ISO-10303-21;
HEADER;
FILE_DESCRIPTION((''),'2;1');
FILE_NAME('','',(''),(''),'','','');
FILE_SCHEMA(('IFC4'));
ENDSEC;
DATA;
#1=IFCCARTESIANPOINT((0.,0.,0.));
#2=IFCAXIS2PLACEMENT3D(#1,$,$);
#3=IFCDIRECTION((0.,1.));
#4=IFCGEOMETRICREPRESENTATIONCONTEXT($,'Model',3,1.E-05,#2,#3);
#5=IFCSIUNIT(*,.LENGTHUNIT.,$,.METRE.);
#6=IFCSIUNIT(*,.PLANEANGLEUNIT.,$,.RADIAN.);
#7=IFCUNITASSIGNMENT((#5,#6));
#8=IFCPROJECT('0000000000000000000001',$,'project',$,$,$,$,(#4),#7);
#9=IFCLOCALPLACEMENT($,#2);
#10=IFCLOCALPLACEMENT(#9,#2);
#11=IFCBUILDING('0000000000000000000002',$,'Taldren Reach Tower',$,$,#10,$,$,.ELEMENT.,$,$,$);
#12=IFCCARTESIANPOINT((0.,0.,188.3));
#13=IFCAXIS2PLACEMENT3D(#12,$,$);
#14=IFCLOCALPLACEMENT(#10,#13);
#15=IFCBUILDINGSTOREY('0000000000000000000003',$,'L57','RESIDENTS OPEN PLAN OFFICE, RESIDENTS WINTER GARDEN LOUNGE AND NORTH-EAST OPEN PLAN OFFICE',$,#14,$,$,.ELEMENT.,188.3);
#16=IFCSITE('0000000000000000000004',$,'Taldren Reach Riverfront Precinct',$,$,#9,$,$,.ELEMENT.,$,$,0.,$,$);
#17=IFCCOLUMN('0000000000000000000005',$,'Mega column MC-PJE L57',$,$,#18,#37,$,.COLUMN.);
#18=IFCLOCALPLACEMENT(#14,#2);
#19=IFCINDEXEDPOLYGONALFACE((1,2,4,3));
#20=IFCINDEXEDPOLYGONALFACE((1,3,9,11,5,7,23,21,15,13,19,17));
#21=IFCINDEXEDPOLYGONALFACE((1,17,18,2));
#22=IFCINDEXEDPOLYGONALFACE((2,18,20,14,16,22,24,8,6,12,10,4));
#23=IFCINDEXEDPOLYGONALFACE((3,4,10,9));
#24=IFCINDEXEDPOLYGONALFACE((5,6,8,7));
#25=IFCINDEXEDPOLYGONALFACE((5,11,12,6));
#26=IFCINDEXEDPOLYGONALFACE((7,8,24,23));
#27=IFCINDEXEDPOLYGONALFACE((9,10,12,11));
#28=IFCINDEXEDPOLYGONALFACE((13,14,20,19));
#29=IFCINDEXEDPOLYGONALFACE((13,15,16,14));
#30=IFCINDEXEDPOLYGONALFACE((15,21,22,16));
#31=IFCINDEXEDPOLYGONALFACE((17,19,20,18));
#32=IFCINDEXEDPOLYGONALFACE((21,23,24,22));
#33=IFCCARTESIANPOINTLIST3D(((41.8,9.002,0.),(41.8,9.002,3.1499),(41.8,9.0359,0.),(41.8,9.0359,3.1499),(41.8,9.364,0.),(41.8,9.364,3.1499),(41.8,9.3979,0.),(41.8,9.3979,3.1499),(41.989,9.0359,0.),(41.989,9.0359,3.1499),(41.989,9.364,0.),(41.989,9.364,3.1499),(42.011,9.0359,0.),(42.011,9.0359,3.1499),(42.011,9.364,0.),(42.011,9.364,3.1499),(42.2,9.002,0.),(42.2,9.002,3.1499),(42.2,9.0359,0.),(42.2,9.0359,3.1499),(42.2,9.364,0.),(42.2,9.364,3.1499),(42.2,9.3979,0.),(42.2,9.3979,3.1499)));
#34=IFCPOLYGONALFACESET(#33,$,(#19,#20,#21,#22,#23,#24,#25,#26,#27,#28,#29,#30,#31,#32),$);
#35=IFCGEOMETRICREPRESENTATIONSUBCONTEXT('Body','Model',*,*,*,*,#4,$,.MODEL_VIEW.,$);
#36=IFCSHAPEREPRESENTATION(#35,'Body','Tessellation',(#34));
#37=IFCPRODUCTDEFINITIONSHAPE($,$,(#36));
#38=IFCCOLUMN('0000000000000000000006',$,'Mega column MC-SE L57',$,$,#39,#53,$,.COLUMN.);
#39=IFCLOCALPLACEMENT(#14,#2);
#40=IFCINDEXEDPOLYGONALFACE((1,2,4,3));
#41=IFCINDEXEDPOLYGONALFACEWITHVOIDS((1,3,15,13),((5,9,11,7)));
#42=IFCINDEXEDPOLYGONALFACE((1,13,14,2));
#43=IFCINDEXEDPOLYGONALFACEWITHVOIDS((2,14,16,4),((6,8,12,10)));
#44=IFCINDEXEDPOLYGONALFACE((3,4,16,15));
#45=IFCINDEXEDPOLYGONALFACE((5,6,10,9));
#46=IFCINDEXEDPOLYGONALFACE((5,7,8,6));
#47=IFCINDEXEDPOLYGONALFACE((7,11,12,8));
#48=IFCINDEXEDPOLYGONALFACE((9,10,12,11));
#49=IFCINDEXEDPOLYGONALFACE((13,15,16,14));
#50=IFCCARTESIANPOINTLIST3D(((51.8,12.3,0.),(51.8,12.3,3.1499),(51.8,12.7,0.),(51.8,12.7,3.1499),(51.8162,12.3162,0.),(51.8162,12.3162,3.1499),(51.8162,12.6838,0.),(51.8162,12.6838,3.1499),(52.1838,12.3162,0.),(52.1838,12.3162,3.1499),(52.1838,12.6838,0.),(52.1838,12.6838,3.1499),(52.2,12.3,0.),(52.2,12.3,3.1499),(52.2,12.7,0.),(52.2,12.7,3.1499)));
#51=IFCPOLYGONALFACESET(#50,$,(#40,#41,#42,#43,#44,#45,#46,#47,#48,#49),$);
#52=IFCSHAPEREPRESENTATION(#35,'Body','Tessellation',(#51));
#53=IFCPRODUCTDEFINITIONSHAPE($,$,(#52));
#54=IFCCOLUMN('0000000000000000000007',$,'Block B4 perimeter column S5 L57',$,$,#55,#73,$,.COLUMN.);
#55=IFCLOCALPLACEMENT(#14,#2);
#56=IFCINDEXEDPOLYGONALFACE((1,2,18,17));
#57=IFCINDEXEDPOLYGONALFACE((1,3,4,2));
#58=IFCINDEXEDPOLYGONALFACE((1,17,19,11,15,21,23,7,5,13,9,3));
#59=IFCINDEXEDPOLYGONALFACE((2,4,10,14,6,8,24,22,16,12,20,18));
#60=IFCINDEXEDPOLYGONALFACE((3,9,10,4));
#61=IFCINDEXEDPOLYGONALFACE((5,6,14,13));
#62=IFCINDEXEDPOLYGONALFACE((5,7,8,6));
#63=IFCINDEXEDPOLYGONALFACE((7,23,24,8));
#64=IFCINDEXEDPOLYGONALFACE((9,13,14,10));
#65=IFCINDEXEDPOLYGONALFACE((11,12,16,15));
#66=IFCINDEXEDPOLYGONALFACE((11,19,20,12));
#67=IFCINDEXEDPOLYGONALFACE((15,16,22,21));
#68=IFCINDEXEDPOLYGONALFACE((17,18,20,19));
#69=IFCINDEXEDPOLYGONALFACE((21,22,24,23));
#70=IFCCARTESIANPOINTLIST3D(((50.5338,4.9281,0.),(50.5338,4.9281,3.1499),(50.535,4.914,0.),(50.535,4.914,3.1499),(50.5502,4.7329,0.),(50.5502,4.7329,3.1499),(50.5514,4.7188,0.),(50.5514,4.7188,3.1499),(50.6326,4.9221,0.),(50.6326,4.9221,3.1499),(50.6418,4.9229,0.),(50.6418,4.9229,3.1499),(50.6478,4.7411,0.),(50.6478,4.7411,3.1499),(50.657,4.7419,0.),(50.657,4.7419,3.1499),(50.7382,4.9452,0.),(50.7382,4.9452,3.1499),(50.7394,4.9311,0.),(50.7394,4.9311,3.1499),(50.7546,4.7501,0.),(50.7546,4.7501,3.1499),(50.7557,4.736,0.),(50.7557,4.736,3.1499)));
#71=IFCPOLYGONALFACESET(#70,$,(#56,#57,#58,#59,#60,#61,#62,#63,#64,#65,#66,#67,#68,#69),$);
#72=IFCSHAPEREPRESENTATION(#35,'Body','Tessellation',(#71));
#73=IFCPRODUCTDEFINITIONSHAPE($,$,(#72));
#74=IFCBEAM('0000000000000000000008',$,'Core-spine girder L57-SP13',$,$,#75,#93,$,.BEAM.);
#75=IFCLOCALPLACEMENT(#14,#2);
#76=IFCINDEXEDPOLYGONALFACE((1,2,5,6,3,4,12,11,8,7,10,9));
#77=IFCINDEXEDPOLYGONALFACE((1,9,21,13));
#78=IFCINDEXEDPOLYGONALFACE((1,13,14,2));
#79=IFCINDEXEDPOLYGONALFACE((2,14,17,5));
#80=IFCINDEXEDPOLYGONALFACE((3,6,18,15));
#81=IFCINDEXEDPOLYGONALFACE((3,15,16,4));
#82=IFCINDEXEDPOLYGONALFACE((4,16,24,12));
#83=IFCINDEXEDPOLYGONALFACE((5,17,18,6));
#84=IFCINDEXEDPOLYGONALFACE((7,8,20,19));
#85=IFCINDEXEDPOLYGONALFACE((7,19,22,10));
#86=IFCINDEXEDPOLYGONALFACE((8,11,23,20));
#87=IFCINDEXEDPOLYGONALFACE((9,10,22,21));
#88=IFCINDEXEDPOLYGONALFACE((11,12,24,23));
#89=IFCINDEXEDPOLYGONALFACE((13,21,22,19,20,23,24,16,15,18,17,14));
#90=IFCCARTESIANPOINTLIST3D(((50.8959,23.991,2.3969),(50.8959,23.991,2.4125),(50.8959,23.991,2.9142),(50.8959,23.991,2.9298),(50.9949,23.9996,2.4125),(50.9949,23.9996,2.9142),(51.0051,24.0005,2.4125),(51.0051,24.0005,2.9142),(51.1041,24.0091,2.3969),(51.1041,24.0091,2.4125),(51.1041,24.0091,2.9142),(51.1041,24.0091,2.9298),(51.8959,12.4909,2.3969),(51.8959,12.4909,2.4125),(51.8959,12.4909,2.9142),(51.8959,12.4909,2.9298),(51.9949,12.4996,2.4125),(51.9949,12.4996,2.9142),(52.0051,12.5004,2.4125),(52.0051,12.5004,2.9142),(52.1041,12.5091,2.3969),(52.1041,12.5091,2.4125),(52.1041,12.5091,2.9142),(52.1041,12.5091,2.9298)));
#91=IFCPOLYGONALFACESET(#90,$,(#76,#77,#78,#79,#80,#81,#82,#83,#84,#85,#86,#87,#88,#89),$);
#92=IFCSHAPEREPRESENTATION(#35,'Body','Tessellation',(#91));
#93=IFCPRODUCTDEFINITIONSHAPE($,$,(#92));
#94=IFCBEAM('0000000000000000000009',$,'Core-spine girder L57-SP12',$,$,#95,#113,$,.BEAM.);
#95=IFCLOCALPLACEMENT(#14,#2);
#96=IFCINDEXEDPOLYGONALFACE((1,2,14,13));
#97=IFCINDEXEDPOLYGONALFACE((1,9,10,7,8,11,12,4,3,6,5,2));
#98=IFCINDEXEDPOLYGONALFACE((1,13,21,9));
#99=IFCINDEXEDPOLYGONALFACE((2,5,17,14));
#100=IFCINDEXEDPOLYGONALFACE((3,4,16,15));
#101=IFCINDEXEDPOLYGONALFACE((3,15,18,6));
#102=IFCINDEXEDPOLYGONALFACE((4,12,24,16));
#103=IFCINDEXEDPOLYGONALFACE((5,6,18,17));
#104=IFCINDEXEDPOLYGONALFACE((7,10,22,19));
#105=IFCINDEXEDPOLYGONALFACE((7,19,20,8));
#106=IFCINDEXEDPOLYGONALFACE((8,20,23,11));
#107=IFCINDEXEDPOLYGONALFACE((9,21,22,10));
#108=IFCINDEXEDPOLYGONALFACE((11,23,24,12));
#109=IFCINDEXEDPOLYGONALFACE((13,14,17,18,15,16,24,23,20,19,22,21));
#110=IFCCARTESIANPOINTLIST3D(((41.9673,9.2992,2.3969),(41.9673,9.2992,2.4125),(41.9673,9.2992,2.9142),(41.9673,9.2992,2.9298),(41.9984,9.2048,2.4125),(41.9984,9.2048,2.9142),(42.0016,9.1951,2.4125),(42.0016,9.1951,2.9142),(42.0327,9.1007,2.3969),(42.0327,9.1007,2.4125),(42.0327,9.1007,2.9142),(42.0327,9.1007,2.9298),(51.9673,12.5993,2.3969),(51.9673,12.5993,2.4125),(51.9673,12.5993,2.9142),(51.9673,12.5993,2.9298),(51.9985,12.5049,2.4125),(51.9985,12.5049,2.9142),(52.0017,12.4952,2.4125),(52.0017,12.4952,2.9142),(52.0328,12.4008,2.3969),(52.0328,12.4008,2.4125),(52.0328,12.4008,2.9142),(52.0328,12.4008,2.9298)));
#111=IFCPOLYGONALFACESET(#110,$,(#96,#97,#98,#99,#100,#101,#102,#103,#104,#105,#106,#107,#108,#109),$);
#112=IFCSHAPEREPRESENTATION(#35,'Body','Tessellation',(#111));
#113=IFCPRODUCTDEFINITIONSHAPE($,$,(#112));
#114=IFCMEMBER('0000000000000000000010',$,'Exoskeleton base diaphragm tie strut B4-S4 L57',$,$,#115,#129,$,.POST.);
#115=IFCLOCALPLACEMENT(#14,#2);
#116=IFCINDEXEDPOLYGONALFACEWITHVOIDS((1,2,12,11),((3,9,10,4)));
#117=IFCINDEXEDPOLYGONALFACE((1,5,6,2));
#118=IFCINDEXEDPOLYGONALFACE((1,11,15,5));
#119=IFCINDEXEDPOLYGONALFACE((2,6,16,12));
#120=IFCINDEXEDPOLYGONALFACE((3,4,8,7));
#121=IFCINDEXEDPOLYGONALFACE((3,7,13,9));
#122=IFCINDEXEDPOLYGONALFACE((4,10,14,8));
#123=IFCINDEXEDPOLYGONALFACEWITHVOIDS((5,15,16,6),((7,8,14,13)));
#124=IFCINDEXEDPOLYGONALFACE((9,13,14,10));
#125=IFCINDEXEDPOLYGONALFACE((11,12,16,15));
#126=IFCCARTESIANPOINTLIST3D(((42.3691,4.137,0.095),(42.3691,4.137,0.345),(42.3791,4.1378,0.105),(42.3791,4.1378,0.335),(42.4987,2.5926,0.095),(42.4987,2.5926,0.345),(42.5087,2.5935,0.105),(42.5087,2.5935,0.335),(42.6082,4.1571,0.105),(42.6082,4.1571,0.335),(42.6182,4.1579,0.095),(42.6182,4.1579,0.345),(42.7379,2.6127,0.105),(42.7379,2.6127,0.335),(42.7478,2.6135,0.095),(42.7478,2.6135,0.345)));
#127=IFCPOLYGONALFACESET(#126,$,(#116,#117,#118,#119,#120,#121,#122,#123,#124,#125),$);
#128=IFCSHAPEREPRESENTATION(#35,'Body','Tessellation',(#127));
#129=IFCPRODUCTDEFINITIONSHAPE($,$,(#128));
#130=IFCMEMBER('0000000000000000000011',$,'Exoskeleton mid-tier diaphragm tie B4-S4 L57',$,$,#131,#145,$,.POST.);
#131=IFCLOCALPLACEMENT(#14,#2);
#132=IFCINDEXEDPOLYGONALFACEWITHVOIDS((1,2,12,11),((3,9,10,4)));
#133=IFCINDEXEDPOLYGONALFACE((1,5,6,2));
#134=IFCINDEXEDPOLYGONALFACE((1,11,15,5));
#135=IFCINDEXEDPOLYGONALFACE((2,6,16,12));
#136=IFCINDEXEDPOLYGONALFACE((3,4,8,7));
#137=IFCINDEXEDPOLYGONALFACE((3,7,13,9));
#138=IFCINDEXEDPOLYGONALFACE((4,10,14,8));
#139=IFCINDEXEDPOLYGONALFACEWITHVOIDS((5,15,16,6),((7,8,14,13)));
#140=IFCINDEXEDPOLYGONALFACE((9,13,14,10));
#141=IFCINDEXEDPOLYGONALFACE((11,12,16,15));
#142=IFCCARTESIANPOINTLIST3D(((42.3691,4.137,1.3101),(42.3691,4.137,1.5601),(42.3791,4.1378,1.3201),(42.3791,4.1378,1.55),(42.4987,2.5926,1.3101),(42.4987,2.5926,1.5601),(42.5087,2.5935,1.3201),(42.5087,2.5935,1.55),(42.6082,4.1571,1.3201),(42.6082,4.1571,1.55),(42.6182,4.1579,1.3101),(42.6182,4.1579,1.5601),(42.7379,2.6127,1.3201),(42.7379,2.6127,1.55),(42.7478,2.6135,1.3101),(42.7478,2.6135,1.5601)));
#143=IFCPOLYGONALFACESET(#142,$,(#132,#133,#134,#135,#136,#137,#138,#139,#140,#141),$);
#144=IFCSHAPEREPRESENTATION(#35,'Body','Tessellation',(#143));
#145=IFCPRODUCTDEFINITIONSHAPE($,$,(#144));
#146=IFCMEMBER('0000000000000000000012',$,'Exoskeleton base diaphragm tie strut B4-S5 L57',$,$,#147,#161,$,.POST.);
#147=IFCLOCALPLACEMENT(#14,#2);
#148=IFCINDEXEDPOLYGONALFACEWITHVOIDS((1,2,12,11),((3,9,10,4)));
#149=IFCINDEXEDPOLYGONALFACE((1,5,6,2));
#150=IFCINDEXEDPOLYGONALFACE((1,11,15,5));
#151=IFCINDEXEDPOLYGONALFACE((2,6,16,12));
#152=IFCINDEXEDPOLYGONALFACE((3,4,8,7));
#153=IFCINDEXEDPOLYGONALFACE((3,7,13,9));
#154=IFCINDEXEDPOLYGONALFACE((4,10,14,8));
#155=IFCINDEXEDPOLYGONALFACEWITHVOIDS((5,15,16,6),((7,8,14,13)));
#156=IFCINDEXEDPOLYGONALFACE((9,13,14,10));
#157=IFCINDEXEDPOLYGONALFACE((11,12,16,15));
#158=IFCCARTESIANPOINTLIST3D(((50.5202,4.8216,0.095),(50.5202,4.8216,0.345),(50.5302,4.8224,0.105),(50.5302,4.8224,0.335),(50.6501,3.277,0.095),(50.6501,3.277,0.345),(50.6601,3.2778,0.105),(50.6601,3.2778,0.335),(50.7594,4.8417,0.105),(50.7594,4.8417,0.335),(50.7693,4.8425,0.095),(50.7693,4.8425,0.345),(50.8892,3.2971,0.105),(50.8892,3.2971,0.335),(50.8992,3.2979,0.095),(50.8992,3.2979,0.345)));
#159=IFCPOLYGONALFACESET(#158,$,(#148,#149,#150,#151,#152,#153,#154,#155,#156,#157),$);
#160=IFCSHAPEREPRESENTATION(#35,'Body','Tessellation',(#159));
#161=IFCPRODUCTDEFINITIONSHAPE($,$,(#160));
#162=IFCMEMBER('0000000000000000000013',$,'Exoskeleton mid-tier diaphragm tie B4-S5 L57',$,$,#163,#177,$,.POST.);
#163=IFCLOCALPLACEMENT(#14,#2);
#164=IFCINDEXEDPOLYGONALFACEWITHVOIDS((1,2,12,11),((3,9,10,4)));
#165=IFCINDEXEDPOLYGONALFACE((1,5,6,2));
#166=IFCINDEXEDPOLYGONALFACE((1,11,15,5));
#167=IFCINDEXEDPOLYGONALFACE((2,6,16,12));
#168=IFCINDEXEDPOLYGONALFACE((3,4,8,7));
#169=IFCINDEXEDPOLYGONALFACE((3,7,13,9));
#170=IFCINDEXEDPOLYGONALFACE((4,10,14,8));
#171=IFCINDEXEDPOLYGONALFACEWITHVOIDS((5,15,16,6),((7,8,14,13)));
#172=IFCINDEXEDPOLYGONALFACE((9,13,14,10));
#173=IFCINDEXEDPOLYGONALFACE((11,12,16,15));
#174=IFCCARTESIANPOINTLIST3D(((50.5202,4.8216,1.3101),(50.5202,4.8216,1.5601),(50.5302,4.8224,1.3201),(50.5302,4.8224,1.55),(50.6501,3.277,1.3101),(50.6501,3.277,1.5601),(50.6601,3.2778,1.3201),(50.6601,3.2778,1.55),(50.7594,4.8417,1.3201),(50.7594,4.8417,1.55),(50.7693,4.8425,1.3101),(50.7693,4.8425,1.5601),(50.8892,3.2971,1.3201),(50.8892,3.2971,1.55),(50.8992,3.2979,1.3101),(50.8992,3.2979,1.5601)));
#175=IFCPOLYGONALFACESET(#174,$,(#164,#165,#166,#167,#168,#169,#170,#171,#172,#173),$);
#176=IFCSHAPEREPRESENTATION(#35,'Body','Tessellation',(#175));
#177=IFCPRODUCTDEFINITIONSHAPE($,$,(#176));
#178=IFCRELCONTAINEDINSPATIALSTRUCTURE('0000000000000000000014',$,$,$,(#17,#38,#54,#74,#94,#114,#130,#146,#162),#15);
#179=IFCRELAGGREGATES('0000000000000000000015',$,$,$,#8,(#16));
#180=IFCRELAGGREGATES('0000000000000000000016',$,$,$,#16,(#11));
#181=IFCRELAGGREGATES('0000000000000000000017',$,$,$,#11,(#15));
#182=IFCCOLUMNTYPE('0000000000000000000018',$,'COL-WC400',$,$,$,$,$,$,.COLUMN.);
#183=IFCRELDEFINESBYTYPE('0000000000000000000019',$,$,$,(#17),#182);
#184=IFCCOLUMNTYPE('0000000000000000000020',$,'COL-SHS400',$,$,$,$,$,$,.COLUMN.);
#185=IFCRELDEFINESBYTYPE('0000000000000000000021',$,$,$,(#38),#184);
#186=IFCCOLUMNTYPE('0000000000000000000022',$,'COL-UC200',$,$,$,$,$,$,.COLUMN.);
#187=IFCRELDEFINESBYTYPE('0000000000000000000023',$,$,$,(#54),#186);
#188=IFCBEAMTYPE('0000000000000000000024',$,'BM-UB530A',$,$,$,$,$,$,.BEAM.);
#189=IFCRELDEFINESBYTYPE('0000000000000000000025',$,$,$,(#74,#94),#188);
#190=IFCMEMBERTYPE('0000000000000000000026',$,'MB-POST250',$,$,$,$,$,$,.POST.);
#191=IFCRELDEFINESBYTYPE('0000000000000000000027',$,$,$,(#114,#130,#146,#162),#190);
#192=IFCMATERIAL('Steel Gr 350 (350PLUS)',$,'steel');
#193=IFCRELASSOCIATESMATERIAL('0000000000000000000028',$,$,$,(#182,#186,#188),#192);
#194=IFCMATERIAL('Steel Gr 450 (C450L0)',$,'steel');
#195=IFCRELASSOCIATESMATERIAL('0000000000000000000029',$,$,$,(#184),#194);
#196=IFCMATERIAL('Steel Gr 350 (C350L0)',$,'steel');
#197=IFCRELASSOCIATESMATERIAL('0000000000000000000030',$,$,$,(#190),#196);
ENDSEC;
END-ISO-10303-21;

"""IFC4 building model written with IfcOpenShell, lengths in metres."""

from ifc_helpers import new_model, si_unit, direction, frame, origin, origin_2d, place, context, subcontext, project, spatial, hollow_rectangle, i_section, extrude, source, transform, mapped, material, material_profile, profile_set, type_object, element, save


model = new_model("IFC4")

# Units and contexts
model_context = context("Model", 3, precision=1e-05, world=origin(), true_north=direction((0.0, 1.0)))
body_context = subcontext(model_context, "Body", "Model", "MODEL_VIEW")
ifc_project = project(units=[si_unit("LENGTHUNIT", "METRE"), si_unit("PLANEANGLEUNIT", "RADIAN")], contexts=[model_context])

# Site, building, storey
site_placement = place(None, origin())
site = spatial("IfcSite", under=ifc_project, at=site_placement, Name="Taldren Reach Riverfront Precinct", CompositionType="ELEMENT", RefElevation=0.0)
building_placement = place(site_placement, origin())
building = spatial("IfcBuilding", under=site, at=building_placement, Name="Taldren Reach Tower", CompositionType="ELEMENT")
storey_placement = place(building_placement, frame((0.0, 0.0, 188.3)))
storey = spatial("IfcBuildingStorey", under=building, at=storey_placement, Name="L57", Description="RESIDENTS OPEN PLAN OFFICE, RESIDENTS WINTER GARDEN LOUNGE AND NORTH-EAST OPEN PLAN OFFICE", CompositionType="ELEMENT", Elevation=188.3)

# Columns
ifc_material_1 = material(Name="Steel Gr 350 (350PLUS)", Category="steel")
ifc_material_profile_1 = material_profile(ifc_material_1, i_section(OverallWidth=0.3999, OverallDepth=0.396, WebThickness=0.022, FlangeThickness=0.0339, at=origin_2d()), Name="400WC270")
ifc_profile_set_1 = profile_set([ifc_material_profile_1], Name="Steel Gr 350 (350PLUS)")
column_type_1 = type_object("IfcColumnType", Name="COL-WC400", PredefinedType="COLUMN", material=ifc_profile_set_1)
shared_shape_1 = source(origin(), body_context, "Body", "SweptSolid", [
    extrude(i_section(OverallWidth=0.3999, OverallDepth=0.396, WebThickness=0.022, FlangeThickness=0.0339, at=origin_2d()), origin(), (0.0, 0.0, 1.0), 3.1499),
])
column_1_placement = place(storey_placement, frame((42.0, 9.2, 0.0), z_axis=(0.0, 0.0, 1.0), x_axis=(1.0, 0.0, 0.0)))
element("IfcColumn", 1, at=column_1_placement, inside=storey, type_object=column_type_1, Name="Mega column MC-PJE L57", PredefinedType="COLUMN", context=body_context, shape_type="MappedRepresentation", body=[
    mapped(shared_shape_1, transform((0.0, 0.0, 0.0), scale=1.0)),
])
ifc_material_2 = material(Name="Steel Gr 450 (C450L0)", Category="steel")
ifc_material_profile_2 = material_profile(ifc_material_2, hollow_rectangle(XDim=0.3999, YDim=0.3999, WallThickness=0.0161, at=origin_2d()), Name="400x400x16.0SHS")
ifc_profile_set_2 = profile_set([ifc_material_profile_2], Name="Steel Gr 450 (C450L0)")
column_type_2 = type_object("IfcColumnType", Name="COL-SHS400", PredefinedType="COLUMN", material=ifc_profile_set_2)
shared_shape_2 = source(origin(), body_context, "Body", "SweptSolid", [
    extrude(hollow_rectangle(XDim=0.3999, YDim=0.3999, WallThickness=0.0161, at=origin_2d()), origin(), (0.0, 0.0, 1.0), 3.1499),
])
column_2_placement = place(storey_placement, frame((52.0, 12.5, 0.0), z_axis=(0.0, 0.0, 1.0), x_axis=(1.0, 0.0, 0.0)))
element("IfcColumn", 2, at=column_2_placement, inside=storey, type_object=column_type_2, Name="Mega column MC-SE L57", PredefinedType="COLUMN", context=body_context, shape_type="MappedRepresentation", body=[
    mapped(shared_shape_2, transform((0.0, 0.0, 0.0), scale=1.0)),
])
ifc_material_profile_3 = material_profile(ifc_material_1, i_section(OverallWidth=0.2051, OverallDepth=0.21, WebThickness=0.0093, FlangeThickness=0.0142, at=origin_2d()), Name="200UC59.5")
ifc_profile_set_3 = profile_set([ifc_material_profile_3], Name="Steel Gr 350 (350PLUS)")
column_type_3 = type_object("IfcColumnType", Name="COL-UC200", PredefinedType="COLUMN", material=ifc_profile_set_3)
shared_shape_3 = source(origin(), body_context, "Body", "SweptSolid", [
    extrude(i_section(OverallWidth=0.2051, OverallDepth=0.21, WebThickness=0.0093, FlangeThickness=0.0142, at=origin_2d()), origin(), (0.0, 0.0, 1.0), 3.1499),
])
column_3_placement = place(storey_placement, frame((50.6448, 4.832, 0.0), z_axis=(0.0, 0.0, 1.0), x_axis=(0.996493, 0.083678, 0.0)))
element("IfcColumn", 3, at=column_3_placement, inside=storey, type_object=column_type_3, Name="Block B4 perimeter column S5 L57", PredefinedType="COLUMN", context=body_context, shape_type="MappedRepresentation", body=[
    mapped(shared_shape_3, transform((0.0, 0.0, 0.0), scale=1.0)),
])

# Beams
ifc_material_profile_4 = material_profile(ifc_material_1, i_section(OverallWidth=0.209, OverallDepth=0.533, WebThickness=0.0103, FlangeThickness=0.0156, at=origin_2d()), Name="530UB92.4")
ifc_profile_set_4 = profile_set([ifc_material_profile_4], Name="Steel Gr 350 (350PLUS)")
beam_type_1 = type_object("IfcBeamType", Name="BM-UB530A", PredefinedType="BEAM", material=ifc_profile_set_4)
shared_shape_4 = source(origin(), body_context, "Body", "SweptSolid", [
    extrude(i_section(OverallWidth=0.209, OverallDepth=0.533, WebThickness=0.0103, FlangeThickness=0.0156, at=origin_2d()), origin(), (0.0, 0.0, 1.0), 11.5435),
])
beam_1_placement = place(storey_placement, frame((52.0, 12.5, 2.6633), z_axis=(-0.08663, 0.996241, 0.0), x_axis=(-0.996241, -0.08663, 0.0)))
element("IfcBeam", 4, at=beam_1_placement, inside=storey, type_object=beam_type_1, Name="Core-spine girder L57-SP13", PredefinedType="BEAM", context=body_context, shape_type="MappedRepresentation", body=[
    mapped(shared_shape_4, transform((0.0, 0.0, 0.0), scale=1.0)),
])
shared_shape_5 = source(origin(), body_context, "Body", "SweptSolid", [
    extrude(i_section(OverallWidth=0.209, OverallDepth=0.533, WebThickness=0.0103, FlangeThickness=0.0156, at=origin_2d()), origin(), (0.0, 0.0, 1.0), 10.5305),
])
beam_2_placement = place(storey_placement, frame((42.0, 9.2, 2.6633), z_axis=(0.949627, 0.313382, 0.0), x_axis=(-0.313382, 0.949627, 0.0)))
element("IfcBeam", 5, at=beam_2_placement, inside=storey, type_object=beam_type_1, Name="Core-spine girder L57-SP12", PredefinedType="BEAM", context=body_context, shape_type="MappedRepresentation", body=[
    mapped(shared_shape_5, transform((0.0, 0.0, 0.0), scale=1.0)),
])

# Members
ifc_material_3 = material(Name="Steel Gr 350 (C350L0)", Category="steel")
ifc_material_profile_5 = material_profile(ifc_material_3, hollow_rectangle(XDim=0.25, YDim=0.25, WallThickness=0.01, at=origin_2d()), Name="250x250x10.0SHS")
ifc_profile_set_5 = profile_set([ifc_material_profile_5], Name="Steel Gr 350 (C350L0)")
member_type_1 = type_object("IfcMemberType", Name="MB-POST250", PredefinedType="POST", material=ifc_profile_set_5)
shared_shape_6 = source(origin(), body_context, "Body", "SweptSolid", [
    extrude(hollow_rectangle(XDim=0.25, YDim=0.25, WallThickness=0.01, at=origin_2d()), origin(), (0.0, 0.0, 1.0), 1.5498),
])
for number, where, z_axis, x_axis, name in (
    (6, (42.4937, 4.1475, 0.22), (0.083645, -0.996496, 0.0), (0.996496, 0.083645, 0.0), "Exoskeleton base diaphragm tie strut B4-S4 L57"),
    (7, (42.4937, 4.1475, 1.4351), (0.083645, -0.996496, 0.0), (0.996496, 0.083645, 0.0), "Exoskeleton mid-tier diaphragm tie B4-S4 L57"),
):
    element("IfcMember", number, at=place(storey_placement, frame(where, z_axis=z_axis, x_axis=x_axis)), inside=storey, type_object=member_type_1, Name=name, PredefinedType="POST", context=body_context, shape_type="MappedRepresentation", body=[
        mapped(shared_shape_6, transform((0.0, 0.0, 0.0), scale=1.0)),
    ])
shared_shape_7 = source(origin(), body_context, "Body", "SweptSolid", [
    extrude(hollow_rectangle(XDim=0.25, YDim=0.25, WallThickness=0.01, at=origin_2d()), origin(), (0.0, 0.0, 1.0), 1.55),
])
for number, where, z_axis, x_axis, name in (
    (8, (50.6448, 4.832, 0.22), (0.083788, -0.996484, 0.0), (0.996484, 0.083788, 0.0), "Exoskeleton base diaphragm tie strut B4-S5 L57"),
    (9, (50.6448, 4.832, 1.4351), (0.083788, -0.996484, 0.0), (0.996484, 0.083788, 0.0), "Exoskeleton mid-tier diaphragm tie B4-S5 L57"),
):
    element("IfcMember", number, at=place(storey_placement, frame(where, z_axis=z_axis, x_axis=x_axis)), inside=storey, type_object=member_type_1, Name=name, PredefinedType="POST", context=body_context, shape_type="MappedRepresentation", body=[
        mapped(shared_shape_7, transform((0.0, 0.0, 0.0), scale=1.0)),
    ])

save(model, "model.ifc")
